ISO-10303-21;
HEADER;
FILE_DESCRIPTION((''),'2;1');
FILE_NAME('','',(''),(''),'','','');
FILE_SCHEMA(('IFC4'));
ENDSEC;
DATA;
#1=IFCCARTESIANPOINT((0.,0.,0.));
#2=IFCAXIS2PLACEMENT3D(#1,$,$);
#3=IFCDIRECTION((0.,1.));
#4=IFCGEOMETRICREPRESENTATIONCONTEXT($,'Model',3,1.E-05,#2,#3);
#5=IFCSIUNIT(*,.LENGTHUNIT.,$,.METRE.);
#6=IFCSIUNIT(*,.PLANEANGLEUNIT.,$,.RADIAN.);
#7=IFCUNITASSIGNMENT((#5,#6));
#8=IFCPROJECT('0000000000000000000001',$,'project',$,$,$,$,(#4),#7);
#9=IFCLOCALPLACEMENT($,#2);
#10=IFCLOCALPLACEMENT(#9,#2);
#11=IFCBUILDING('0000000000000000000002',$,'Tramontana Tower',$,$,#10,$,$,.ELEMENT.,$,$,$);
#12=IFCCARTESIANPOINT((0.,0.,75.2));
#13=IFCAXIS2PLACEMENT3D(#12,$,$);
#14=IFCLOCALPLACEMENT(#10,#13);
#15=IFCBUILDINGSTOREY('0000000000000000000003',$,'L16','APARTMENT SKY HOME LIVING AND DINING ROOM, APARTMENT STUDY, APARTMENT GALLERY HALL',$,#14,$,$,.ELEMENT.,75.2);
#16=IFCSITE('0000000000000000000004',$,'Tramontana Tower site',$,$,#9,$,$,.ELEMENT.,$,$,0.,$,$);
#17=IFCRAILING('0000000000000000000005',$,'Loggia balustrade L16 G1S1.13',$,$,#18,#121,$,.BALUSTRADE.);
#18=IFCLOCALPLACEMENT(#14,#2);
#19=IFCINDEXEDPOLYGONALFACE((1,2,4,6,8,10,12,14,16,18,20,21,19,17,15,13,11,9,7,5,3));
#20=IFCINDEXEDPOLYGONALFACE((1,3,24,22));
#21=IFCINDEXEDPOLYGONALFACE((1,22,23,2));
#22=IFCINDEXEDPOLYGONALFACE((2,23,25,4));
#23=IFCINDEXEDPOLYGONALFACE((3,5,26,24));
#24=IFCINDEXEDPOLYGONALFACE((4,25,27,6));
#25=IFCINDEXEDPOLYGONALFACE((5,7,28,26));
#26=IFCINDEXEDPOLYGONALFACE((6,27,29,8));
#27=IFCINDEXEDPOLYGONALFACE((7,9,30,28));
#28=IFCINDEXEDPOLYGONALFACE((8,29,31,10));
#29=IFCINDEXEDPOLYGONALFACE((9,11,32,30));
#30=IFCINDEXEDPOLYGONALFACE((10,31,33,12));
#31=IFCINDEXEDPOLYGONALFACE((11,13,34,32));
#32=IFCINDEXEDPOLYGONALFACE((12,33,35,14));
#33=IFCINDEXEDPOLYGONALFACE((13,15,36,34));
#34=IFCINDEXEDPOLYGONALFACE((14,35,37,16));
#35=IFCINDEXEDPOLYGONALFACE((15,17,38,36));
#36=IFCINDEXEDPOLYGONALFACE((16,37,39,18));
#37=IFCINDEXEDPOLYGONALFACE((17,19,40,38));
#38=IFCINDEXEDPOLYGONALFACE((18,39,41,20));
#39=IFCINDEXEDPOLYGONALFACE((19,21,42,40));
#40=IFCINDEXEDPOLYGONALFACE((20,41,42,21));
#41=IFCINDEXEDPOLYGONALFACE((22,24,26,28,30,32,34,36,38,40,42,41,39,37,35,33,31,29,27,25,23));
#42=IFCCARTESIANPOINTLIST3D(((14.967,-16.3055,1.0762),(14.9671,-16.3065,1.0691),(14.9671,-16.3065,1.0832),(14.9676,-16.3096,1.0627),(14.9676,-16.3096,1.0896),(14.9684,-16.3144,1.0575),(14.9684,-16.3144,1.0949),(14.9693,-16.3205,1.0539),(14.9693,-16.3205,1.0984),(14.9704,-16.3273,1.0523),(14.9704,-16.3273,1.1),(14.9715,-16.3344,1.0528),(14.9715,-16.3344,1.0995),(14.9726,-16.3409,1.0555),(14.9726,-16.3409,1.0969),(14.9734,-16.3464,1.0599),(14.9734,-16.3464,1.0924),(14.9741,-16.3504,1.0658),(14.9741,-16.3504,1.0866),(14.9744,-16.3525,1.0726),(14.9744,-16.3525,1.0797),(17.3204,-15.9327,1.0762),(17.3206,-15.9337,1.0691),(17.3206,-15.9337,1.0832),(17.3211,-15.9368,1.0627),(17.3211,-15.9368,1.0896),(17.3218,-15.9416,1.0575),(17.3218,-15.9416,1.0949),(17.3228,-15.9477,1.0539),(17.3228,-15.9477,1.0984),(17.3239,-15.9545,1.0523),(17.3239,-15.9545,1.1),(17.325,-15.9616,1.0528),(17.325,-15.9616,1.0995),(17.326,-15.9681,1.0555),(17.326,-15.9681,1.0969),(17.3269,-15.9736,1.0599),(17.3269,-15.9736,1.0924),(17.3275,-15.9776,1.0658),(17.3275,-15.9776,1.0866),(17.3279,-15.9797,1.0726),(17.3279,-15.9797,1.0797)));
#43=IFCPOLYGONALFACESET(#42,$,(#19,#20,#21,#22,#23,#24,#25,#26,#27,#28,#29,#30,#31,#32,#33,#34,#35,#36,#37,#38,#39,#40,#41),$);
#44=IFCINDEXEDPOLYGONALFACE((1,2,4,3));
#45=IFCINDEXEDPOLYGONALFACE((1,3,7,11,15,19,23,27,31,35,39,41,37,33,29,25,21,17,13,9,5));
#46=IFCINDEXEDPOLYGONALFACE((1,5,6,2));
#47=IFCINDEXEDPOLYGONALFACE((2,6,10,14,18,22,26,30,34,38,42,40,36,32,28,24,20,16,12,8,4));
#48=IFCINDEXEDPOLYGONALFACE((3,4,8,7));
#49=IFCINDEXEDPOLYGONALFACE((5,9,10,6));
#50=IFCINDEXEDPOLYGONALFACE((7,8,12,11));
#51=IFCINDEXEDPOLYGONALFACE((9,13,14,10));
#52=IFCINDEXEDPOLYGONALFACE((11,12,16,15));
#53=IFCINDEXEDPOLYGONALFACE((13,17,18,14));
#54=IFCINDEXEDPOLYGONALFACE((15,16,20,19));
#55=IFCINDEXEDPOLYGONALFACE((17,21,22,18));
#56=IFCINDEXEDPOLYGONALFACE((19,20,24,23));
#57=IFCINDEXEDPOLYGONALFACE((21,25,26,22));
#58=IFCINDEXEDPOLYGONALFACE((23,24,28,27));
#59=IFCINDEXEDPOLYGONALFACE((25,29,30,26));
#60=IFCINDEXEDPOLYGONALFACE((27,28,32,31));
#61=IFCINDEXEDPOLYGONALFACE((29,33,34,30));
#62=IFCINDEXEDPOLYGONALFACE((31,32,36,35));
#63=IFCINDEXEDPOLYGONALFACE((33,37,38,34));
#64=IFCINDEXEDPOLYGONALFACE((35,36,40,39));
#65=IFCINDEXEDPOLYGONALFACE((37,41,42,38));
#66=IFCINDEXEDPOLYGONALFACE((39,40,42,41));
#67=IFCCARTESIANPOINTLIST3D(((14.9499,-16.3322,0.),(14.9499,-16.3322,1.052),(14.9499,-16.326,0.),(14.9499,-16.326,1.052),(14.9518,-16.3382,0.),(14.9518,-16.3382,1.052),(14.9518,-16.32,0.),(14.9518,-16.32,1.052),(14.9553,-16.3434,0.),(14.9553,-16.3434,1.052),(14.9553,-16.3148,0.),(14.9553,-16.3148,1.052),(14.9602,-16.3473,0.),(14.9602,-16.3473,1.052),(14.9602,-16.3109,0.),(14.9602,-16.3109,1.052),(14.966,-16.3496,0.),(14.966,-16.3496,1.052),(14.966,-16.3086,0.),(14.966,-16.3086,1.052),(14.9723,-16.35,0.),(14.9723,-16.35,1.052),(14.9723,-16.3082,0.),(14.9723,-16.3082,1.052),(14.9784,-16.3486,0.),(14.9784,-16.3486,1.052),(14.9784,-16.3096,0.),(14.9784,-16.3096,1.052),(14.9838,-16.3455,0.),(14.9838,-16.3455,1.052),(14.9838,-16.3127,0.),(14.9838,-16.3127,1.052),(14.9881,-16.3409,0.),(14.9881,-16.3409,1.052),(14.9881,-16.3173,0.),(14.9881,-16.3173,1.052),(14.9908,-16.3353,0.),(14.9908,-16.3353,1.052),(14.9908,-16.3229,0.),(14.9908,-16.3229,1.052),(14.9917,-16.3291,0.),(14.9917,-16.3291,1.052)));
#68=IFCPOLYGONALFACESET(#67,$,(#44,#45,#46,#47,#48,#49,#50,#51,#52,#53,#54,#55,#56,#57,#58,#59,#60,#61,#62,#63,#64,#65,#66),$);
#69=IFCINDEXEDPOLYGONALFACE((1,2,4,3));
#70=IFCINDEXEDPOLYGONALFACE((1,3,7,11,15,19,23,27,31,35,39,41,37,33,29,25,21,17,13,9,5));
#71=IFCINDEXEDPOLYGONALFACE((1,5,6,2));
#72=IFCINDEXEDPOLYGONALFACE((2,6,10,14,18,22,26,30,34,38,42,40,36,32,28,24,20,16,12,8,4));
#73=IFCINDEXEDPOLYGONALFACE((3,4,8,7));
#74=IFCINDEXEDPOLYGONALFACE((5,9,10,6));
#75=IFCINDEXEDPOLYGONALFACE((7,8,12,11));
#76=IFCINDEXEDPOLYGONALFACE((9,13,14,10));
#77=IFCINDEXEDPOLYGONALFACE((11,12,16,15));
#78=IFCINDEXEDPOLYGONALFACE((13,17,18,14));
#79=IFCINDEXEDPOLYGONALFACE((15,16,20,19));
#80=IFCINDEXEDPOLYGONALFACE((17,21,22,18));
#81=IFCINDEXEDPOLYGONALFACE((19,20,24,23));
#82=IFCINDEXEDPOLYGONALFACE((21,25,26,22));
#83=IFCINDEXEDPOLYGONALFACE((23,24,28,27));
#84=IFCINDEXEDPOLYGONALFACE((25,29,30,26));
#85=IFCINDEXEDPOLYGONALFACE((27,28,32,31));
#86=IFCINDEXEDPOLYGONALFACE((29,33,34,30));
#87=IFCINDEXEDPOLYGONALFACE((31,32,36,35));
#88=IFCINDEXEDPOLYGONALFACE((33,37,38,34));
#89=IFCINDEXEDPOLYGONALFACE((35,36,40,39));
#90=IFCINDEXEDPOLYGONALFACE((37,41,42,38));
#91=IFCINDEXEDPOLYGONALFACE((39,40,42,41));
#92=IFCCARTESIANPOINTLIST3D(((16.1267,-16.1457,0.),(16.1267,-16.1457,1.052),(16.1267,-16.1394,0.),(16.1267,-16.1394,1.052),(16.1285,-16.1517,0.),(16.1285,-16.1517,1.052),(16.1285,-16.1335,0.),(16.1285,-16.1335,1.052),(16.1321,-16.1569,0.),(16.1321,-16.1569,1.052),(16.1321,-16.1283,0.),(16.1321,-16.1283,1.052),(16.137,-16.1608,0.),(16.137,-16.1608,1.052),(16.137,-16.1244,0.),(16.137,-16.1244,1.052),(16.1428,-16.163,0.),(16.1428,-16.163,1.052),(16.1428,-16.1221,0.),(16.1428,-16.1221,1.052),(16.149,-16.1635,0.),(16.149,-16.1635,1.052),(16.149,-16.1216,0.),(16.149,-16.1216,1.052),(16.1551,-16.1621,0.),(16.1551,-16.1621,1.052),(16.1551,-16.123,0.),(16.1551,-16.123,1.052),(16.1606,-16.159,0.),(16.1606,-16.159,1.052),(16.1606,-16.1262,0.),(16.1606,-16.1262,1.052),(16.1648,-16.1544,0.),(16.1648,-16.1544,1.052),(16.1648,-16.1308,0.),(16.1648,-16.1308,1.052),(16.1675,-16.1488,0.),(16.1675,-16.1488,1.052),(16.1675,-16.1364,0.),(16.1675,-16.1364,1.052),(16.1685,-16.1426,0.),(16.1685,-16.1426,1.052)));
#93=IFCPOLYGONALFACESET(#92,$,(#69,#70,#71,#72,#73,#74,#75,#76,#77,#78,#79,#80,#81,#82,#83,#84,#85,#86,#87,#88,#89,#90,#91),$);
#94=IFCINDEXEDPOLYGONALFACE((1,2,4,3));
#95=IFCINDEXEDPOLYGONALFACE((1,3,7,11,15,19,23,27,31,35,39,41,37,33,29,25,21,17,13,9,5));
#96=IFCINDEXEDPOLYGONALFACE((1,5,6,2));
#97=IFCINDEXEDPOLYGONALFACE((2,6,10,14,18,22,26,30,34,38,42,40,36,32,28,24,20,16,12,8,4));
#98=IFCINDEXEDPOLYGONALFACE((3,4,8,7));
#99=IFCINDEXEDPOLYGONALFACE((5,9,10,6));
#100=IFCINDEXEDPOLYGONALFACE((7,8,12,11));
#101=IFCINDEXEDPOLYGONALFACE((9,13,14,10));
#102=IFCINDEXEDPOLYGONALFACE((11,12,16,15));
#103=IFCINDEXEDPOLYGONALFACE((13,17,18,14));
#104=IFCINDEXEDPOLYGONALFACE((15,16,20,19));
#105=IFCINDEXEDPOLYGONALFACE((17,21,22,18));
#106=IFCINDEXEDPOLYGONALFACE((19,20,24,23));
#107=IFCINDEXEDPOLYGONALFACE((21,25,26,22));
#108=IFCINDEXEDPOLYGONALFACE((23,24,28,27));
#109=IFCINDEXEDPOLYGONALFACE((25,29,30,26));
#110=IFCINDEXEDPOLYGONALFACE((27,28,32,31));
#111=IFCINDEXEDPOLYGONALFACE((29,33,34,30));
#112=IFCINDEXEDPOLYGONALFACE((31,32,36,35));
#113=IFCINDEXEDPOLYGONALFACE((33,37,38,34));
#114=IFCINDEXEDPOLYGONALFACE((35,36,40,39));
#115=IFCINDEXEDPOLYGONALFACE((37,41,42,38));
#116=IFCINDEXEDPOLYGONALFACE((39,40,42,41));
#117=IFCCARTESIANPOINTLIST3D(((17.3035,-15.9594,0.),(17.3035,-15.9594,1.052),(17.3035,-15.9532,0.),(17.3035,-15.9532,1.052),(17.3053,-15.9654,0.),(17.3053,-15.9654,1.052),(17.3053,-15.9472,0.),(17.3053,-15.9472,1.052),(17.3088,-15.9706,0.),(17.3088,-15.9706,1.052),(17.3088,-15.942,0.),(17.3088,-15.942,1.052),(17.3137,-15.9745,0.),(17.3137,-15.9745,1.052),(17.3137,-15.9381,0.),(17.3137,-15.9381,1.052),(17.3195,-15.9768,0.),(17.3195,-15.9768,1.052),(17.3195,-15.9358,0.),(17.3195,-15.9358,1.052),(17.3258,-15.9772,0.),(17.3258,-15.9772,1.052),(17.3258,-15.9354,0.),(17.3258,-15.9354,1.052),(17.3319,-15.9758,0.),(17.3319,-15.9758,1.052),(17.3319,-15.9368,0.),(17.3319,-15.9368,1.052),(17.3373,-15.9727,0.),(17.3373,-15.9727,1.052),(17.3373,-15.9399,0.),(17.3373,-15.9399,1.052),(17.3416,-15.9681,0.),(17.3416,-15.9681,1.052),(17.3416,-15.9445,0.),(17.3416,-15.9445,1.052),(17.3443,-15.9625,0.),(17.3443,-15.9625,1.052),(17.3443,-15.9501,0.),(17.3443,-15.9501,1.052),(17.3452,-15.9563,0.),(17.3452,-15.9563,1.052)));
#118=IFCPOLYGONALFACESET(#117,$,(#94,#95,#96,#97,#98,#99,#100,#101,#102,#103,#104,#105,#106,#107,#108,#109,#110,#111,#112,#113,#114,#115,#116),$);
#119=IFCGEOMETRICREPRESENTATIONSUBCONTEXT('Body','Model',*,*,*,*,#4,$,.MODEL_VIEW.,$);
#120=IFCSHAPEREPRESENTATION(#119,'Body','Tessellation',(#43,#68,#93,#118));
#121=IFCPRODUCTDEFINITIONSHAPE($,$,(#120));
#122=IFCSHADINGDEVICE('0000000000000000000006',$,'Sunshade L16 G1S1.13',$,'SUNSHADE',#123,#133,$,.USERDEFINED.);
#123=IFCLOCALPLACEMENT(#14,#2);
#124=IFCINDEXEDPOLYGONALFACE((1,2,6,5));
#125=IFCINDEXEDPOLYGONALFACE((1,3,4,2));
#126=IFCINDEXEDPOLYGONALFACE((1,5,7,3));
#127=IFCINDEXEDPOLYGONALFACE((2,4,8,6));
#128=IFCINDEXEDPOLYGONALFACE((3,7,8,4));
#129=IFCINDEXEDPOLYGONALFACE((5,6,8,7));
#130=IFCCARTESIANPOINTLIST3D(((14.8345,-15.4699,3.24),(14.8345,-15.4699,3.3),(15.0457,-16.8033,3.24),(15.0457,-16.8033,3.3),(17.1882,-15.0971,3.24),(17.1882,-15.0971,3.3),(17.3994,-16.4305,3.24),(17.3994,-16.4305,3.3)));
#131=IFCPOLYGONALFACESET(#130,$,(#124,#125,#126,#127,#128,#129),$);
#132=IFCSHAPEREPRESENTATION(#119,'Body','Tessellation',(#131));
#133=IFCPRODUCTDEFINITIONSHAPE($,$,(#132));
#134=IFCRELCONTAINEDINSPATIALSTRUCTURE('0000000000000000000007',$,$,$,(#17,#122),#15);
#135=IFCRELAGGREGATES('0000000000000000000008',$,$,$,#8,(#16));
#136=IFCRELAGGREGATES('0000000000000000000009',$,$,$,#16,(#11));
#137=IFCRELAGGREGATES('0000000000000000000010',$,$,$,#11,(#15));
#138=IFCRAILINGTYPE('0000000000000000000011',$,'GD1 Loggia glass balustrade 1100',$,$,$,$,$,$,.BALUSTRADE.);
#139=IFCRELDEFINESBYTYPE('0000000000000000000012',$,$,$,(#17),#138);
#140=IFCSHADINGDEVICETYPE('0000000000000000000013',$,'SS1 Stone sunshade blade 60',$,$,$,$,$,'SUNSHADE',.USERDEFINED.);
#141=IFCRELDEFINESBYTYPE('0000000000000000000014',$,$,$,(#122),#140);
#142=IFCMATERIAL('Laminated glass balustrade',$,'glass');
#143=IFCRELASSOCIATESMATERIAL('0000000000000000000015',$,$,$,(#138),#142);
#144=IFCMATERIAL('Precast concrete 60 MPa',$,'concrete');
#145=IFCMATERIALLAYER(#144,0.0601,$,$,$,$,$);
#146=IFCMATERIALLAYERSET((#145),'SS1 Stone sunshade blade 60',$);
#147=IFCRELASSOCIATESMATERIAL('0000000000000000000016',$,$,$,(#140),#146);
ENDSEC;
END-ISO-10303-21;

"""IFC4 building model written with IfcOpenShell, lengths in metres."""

from ifc_helpers import new_model, si_unit, direction, frame, origin, origin_2d, place, context, subcontext, project, spatial, rectangle, circle, extrude, material, layer, layer_set, type_object, element, save


model = new_model("IFC4")

# Units and contexts
model_context = context("Model", 3, precision=1e-05, world=origin(), true_north=direction((0.0, 1.0)))
body_context = subcontext(model_context, "Body", "Model", "MODEL_VIEW")
ifc_project = project(units=[si_unit("LENGTHUNIT", "METRE"), si_unit("PLANEANGLEUNIT", "RADIAN")], contexts=[model_context])

# Site, building, storey
site_placement = place(None, origin())
site = spatial("IfcSite", under=ifc_project, at=site_placement, Name="Tramontana Tower site", CompositionType="ELEMENT", RefElevation=0.0)
building_placement = place(site_placement, origin())
building = spatial("IfcBuilding", under=site, at=building_placement, Name="Tramontana Tower", CompositionType="ELEMENT")
storey_placement = place(building_placement, frame((0.0, 0.0, 75.2)))
storey = spatial("IfcBuildingStorey", under=building, at=storey_placement, Name="L16", Description="APARTMENT SKY HOME LIVING AND DINING ROOM, APARTMENT STUDY, APARTMENT GALLERY HALL", CompositionType="ELEMENT", Elevation=75.2)

# Railing
ifc_material_1 = material(Name="Laminated glass balustrade", Category="glass")
railing_type = type_object("IfcRailingType", Name="GD1 Loggia glass balustrade 1100", PredefinedType="BALUSTRADE", material=ifc_material_1)
railing_placement = place(storey_placement, frame((14.9707, -16.3291, 0.0)))
element("IfcRailing", 1, at=railing_placement, inside=storey, type_object=railing_type, Name="Loggia balustrade L16 G1S1.13", PredefinedType="BALUSTRADE", context=body_context, shape_type="SweptSolid", body=[
    extrude(circle(Radius=0.0239, at=origin_2d()), frame((0.0, 0.0, 1.0762), z_axis=(0.987686, 0.156452, 0.0), x_axis=(-0.156452, 0.987686, 0.0)), (0.0, 0.0, 1.0), 2.3828),
    extrude(circle(Radius=0.021, at=origin_2d()), origin(), (0.0, 0.0, 1.0), 1.052),
    extrude(circle(Radius=0.021, at=origin_2d()), frame((1.1768, 0.1865, 0.0)), (0.0, 0.0, 1.0), 1.052),
    extrude(circle(Radius=0.021, at=origin_2d()), frame((2.3535, 0.3728, 0.0)), (0.0, 0.0, 1.0), 1.052),
])

# Shading device
ifc_material_2 = material(Name="Precast concrete 60 MPa", Category="concrete")
ifc_layer_1 = layer(ifc_material_2, 0.0601)
ifc_layer_set_1 = layer_set([ifc_layer_1], Name="SS1 Stone sunshade blade 60")
shading_device_type = type_object("IfcShadingDeviceType", Name="SS1 Stone sunshade blade 60", ElementType="SUNSHADE", PredefinedType="USERDEFINED", material=ifc_layer_set_1)
shading_device_placement = place(storey_placement, frame((16.1169, -15.9502, 3.24), z_axis=(0.0, 0.0, 1.0), x_axis=(0.987688, 0.156434, 0.0)))
element("IfcShadingDevice", 2, at=shading_device_placement, inside=storey, type_object=shading_device_type, Name="Sunshade L16 G1S1.13", ObjectType="SUNSHADE", PredefinedType="USERDEFINED", context=body_context, shape_type="SweptSolid", body=[
    extrude(rectangle(XDim=2.3831, YDim=1.3501, at=origin_2d()), origin(), (0.0, 0.0, 1.0), 0.0601),
])

save(model, "model.ifc")
